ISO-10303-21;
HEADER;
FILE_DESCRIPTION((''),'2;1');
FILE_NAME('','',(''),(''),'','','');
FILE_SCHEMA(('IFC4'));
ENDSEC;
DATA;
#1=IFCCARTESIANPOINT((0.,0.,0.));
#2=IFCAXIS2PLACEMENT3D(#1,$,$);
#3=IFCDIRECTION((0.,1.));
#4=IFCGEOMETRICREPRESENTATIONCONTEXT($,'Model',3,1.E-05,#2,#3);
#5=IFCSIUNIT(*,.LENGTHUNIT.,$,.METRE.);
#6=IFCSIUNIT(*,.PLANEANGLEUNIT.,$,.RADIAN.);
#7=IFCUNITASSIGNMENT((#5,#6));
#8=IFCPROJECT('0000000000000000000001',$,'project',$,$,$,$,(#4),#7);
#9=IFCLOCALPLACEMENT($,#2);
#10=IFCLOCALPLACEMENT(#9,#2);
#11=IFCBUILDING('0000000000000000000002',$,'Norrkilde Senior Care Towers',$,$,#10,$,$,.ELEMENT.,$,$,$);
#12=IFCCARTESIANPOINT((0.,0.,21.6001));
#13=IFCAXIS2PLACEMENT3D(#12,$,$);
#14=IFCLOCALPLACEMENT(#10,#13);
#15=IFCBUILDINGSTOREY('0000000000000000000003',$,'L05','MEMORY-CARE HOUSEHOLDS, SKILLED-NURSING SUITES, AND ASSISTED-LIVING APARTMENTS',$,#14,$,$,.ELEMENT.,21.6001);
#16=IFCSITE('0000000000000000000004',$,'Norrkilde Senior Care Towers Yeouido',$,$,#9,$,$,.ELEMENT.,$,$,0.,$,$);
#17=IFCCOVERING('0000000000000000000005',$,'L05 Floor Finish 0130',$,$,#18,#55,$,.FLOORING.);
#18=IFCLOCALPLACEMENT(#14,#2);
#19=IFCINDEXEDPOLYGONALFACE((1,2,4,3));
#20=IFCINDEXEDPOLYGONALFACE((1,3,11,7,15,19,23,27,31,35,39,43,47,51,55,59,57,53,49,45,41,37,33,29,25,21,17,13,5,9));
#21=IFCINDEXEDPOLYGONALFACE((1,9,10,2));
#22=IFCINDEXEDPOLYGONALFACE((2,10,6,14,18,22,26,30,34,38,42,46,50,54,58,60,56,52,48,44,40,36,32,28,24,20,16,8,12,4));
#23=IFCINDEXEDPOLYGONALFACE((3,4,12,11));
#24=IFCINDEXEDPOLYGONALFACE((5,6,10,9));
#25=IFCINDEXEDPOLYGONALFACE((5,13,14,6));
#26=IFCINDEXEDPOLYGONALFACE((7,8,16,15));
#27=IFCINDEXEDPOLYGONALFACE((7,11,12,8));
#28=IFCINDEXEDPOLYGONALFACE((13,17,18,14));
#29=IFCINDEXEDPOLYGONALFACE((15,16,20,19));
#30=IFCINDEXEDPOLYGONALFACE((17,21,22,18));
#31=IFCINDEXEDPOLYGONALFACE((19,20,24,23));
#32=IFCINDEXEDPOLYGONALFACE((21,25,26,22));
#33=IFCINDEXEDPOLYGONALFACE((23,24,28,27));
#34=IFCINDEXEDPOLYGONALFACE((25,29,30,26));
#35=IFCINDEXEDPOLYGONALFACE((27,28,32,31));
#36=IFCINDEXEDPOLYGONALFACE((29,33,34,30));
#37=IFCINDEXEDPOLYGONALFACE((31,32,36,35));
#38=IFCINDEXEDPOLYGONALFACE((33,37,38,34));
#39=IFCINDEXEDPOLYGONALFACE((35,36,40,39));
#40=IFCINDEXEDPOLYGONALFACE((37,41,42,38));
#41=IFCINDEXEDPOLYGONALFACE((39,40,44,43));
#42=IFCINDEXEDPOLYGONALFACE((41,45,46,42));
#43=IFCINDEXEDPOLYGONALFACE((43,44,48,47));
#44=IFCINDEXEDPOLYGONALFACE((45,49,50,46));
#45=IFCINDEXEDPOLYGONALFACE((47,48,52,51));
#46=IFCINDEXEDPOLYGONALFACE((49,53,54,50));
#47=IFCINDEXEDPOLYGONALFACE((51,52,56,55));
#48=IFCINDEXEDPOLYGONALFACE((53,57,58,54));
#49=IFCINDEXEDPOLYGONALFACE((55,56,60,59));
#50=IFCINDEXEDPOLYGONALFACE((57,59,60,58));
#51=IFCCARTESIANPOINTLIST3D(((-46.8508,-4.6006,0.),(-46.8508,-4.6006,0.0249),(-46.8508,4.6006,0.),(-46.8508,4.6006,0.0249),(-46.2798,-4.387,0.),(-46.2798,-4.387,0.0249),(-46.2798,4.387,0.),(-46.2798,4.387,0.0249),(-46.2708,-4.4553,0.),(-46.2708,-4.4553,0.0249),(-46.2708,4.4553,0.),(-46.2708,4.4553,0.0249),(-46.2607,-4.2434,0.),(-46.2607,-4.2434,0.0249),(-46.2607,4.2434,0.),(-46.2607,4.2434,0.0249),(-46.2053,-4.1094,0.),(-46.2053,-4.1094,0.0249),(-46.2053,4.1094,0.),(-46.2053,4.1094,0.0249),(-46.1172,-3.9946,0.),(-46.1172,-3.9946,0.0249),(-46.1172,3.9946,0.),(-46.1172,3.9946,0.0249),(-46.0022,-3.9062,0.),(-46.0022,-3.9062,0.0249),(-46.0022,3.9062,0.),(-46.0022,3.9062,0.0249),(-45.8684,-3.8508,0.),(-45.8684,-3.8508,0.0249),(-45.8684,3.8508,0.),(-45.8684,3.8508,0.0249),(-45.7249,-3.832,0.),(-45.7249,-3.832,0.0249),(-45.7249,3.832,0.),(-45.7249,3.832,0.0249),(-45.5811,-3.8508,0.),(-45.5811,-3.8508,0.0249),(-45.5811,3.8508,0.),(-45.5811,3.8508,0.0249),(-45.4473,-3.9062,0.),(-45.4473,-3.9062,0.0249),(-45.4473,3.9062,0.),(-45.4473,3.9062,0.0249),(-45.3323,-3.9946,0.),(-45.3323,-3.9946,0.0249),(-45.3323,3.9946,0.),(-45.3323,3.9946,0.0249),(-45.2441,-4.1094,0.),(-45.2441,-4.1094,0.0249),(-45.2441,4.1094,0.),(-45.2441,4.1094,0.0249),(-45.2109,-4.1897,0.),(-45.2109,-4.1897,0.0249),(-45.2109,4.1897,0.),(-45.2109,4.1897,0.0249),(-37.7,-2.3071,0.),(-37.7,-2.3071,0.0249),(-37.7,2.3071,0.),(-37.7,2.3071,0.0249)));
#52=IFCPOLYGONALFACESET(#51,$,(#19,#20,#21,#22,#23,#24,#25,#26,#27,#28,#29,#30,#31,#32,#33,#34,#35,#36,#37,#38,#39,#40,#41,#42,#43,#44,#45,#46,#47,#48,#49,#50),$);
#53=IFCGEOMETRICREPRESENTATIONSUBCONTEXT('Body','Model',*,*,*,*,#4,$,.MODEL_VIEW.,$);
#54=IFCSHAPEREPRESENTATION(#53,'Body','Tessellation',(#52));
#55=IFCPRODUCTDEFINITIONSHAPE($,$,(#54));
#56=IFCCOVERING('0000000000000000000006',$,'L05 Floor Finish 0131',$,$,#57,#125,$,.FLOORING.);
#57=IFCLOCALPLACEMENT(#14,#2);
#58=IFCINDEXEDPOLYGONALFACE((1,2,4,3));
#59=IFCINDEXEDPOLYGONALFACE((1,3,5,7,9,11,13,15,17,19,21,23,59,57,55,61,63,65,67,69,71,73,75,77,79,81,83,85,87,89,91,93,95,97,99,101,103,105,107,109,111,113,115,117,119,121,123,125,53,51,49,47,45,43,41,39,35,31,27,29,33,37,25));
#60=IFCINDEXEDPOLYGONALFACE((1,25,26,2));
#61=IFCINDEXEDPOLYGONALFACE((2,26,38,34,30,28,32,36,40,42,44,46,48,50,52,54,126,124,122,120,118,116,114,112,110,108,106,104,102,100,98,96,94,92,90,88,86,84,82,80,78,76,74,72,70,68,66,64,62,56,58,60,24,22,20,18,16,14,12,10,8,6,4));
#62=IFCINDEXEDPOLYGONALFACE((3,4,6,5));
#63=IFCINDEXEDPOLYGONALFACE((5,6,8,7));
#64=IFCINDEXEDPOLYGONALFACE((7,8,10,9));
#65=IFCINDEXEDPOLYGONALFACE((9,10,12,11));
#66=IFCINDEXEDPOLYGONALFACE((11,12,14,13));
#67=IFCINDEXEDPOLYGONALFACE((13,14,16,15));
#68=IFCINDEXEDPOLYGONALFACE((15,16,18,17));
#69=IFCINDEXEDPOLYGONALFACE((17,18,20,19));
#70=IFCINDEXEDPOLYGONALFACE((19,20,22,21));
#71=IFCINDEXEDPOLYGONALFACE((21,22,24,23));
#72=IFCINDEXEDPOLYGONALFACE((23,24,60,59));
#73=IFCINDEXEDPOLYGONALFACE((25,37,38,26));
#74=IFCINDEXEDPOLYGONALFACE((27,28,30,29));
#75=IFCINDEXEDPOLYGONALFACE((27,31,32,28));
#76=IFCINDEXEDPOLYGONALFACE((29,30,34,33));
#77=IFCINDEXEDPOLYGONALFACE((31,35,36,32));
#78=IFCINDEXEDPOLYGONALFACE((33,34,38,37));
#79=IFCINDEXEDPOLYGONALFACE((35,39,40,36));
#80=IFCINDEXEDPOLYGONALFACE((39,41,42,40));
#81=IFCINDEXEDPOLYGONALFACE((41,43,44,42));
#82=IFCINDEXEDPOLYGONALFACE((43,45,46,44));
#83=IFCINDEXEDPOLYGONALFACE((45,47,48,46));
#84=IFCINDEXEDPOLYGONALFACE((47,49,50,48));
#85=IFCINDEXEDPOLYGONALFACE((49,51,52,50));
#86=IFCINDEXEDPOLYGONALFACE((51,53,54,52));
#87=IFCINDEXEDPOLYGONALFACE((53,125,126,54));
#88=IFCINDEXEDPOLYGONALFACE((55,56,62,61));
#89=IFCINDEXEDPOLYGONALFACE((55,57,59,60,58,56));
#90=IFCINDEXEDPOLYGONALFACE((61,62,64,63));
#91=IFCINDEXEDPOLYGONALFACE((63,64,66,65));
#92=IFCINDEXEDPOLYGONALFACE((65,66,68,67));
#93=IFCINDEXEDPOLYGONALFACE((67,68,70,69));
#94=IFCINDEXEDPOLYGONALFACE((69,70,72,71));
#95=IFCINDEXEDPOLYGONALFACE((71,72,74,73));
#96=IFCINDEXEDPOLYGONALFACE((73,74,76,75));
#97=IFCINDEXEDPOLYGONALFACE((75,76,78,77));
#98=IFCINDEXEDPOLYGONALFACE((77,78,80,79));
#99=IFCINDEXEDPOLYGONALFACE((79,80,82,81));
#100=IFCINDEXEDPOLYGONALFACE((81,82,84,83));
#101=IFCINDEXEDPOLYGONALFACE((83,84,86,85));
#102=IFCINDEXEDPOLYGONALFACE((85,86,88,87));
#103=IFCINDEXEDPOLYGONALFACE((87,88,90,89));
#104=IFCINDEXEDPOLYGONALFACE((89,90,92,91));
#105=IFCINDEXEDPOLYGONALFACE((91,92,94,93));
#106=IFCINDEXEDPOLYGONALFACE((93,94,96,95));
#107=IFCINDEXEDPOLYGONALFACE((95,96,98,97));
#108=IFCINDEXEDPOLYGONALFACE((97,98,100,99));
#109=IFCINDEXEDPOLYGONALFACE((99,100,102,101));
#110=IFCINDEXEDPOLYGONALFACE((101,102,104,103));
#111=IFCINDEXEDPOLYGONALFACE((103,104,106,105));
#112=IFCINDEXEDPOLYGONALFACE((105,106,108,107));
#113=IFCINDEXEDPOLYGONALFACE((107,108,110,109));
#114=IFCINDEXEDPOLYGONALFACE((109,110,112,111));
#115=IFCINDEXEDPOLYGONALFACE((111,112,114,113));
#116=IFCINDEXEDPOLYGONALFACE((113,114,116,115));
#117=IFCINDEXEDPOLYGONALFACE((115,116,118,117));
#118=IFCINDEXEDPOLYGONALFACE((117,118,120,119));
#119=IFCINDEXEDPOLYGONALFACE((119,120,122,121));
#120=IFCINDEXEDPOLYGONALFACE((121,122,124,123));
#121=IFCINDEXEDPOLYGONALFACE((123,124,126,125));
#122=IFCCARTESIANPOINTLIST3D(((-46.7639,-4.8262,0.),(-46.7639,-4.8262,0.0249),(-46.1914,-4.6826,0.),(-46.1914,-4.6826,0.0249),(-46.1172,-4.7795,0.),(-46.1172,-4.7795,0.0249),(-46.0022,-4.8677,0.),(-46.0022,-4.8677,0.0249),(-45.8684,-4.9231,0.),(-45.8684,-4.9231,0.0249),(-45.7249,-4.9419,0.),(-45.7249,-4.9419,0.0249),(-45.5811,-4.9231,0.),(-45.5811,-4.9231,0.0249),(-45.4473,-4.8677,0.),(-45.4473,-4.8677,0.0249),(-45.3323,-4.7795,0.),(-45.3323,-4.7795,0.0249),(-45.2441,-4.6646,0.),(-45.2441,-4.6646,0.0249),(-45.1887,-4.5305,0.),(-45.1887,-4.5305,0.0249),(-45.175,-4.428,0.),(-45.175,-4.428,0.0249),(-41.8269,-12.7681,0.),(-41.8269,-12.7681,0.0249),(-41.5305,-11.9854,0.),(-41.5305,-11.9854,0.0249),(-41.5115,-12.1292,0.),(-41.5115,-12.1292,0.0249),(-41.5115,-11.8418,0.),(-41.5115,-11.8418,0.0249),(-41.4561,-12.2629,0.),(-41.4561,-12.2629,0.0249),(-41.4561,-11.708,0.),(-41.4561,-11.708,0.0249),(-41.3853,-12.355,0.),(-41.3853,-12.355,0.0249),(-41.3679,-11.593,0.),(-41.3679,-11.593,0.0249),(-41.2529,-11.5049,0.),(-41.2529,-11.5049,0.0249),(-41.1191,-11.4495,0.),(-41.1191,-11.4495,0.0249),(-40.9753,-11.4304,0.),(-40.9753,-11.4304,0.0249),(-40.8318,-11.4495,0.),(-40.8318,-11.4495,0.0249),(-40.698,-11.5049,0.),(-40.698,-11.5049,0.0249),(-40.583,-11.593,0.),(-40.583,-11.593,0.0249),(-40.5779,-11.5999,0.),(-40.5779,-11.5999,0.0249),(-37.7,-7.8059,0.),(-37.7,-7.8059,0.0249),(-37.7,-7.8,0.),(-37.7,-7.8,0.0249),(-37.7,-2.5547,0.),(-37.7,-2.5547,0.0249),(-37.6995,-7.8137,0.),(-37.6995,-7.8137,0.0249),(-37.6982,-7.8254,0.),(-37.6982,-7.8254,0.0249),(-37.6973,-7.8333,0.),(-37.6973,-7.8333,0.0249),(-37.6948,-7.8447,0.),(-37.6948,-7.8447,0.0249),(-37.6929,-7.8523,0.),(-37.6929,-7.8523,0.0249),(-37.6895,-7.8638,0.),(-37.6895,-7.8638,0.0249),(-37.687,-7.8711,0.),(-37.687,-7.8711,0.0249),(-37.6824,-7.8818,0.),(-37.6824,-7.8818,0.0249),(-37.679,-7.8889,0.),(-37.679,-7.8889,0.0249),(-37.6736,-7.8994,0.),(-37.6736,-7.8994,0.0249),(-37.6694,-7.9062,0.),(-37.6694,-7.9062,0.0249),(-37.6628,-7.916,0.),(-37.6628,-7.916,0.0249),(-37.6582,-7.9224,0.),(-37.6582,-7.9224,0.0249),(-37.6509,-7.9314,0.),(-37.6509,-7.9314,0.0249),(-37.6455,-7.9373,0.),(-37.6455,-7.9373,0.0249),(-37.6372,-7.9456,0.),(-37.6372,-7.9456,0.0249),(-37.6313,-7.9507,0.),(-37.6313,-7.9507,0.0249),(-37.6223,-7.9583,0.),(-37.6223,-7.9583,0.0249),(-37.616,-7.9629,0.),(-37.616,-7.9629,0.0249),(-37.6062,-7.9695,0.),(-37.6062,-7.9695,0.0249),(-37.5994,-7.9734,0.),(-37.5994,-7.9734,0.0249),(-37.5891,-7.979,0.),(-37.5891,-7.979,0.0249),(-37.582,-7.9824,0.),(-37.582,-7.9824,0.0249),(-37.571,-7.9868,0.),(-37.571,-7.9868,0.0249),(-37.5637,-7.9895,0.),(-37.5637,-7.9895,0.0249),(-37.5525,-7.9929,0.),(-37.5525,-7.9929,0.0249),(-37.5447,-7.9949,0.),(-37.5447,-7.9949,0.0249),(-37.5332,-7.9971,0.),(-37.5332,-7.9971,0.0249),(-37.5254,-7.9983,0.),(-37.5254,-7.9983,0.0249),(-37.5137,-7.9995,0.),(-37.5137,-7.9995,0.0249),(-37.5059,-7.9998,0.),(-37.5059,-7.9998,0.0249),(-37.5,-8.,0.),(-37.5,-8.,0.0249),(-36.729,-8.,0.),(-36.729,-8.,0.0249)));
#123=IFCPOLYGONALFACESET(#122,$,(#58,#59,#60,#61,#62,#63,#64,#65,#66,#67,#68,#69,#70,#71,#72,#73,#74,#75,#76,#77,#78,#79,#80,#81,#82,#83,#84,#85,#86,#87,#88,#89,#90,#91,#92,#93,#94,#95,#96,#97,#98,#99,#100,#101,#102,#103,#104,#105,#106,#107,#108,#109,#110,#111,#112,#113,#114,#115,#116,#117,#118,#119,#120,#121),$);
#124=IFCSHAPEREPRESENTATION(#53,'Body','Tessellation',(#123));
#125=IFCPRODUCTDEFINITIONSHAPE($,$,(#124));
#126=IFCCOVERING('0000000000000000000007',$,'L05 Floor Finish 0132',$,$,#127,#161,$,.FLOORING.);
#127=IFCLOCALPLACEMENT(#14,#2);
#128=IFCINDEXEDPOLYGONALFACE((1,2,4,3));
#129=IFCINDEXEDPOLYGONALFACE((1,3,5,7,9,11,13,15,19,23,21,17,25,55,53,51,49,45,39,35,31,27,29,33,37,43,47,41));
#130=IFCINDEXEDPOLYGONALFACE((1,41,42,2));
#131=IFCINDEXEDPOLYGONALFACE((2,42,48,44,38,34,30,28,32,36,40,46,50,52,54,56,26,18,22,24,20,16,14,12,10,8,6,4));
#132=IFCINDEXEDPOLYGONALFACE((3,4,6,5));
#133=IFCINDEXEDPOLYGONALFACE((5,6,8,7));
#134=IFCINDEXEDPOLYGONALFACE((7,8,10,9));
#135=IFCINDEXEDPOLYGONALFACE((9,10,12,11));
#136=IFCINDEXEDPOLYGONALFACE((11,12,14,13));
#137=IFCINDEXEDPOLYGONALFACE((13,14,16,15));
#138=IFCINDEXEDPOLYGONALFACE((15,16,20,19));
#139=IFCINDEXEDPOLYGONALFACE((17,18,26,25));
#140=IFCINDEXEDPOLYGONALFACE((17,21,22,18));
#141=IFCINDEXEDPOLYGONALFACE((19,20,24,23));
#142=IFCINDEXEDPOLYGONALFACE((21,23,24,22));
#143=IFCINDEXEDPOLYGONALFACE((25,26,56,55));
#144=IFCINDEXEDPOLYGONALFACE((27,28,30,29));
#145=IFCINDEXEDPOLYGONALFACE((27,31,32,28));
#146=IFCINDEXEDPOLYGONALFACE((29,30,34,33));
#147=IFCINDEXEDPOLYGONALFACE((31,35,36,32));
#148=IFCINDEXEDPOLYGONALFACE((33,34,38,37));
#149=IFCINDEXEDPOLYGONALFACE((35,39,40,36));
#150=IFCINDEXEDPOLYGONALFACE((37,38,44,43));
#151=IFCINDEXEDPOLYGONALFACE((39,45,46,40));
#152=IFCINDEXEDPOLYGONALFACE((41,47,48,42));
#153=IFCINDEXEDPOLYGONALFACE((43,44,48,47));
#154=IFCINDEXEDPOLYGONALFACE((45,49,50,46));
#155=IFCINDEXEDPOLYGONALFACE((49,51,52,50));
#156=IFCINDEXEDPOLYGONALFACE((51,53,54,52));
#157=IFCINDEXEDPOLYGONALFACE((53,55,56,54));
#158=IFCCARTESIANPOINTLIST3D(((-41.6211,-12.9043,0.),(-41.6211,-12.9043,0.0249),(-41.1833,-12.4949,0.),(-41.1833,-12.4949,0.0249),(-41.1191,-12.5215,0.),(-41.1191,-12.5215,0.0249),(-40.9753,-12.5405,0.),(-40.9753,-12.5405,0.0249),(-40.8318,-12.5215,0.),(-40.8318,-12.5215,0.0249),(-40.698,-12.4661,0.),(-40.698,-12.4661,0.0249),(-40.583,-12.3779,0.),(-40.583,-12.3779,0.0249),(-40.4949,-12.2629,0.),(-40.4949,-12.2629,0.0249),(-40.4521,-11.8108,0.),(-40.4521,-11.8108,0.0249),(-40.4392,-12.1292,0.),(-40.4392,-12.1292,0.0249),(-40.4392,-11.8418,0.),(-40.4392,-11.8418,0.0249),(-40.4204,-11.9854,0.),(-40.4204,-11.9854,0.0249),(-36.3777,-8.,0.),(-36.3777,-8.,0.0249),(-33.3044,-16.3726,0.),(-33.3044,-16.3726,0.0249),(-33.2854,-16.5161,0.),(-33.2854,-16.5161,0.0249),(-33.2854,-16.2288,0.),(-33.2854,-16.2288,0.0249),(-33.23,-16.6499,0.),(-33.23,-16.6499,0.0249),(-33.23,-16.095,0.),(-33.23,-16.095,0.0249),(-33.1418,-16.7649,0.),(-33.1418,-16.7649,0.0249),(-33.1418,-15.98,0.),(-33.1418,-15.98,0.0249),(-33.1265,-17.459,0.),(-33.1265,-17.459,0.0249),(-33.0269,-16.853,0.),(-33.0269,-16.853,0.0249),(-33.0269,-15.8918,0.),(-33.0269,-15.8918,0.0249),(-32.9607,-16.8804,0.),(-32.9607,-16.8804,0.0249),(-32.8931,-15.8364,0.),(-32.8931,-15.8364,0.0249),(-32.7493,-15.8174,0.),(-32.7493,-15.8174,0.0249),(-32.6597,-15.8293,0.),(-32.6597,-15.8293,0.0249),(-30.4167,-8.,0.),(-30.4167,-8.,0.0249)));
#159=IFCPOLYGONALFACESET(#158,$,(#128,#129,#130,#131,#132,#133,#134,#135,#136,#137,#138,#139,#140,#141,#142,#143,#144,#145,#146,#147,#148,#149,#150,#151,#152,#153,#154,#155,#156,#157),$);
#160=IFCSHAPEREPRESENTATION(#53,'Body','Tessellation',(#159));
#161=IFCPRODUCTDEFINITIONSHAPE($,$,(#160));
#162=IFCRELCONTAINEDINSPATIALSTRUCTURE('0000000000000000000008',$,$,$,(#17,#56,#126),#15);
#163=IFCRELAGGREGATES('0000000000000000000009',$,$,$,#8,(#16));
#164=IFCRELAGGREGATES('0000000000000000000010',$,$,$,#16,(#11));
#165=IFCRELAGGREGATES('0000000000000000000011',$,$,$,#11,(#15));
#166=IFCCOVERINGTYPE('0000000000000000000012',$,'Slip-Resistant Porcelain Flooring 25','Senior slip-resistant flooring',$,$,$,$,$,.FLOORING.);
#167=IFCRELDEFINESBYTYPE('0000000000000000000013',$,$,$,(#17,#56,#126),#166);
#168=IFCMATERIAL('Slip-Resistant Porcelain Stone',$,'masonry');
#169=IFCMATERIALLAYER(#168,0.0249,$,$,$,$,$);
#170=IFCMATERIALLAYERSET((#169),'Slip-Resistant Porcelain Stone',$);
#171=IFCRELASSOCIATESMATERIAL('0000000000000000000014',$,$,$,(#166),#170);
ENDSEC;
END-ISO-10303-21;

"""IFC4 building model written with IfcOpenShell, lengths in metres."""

from ifc_helpers import new_model, si_unit, direction, frame, origin, place, context, subcontext, project, spatial, polyline, outline, extrude, material, layer, layer_set, type_object, element, save


model = new_model("IFC4")

# Units and contexts
model_context = context("Model", 3, precision=1e-05, world=origin(), true_north=direction((0.0, 1.0)))
body_context = subcontext(model_context, "Body", "Model", "MODEL_VIEW")
ifc_project = project(units=[si_unit("LENGTHUNIT", "METRE"), si_unit("PLANEANGLEUNIT", "RADIAN")], contexts=[model_context])

# Site, building, storey
site_placement = place(None, origin())
site = spatial("IfcSite", under=ifc_project, at=site_placement, Name="Norrkilde Senior Care Towers Yeouido", CompositionType="ELEMENT", RefElevation=0.0)
building_placement = place(site_placement, origin())
building = spatial("IfcBuilding", under=site, at=building_placement, Name="Norrkilde Senior Care Towers", CompositionType="ELEMENT")
storey_placement = place(building_placement, frame((0.0, 0.0, 21.6001)))
storey = spatial("IfcBuildingStorey", under=building, at=storey_placement, Name="L05", Description="MEMORY-CARE HOUSEHOLDS, SKILLED-NURSING SUITES, AND ASSISTED-LIVING APARTMENTS", CompositionType="ELEMENT", Elevation=21.6001)

# Coverings
ifc_material_1 = material(Name="Slip-Resistant Porcelain Stone", Category="masonry")
ifc_layer_1 = layer(ifc_material_1, 0.0249)
ifc_layer_set_1 = layer_set([ifc_layer_1], Name="Slip-Resistant Porcelain Stone")
covering_type_1 = type_object("IfcCoveringType", Name="Slip-Resistant Porcelain Flooring 25", Description="Senior slip-resistant flooring", PredefinedType="FLOORING", material=ifc_layer_set_1)
covering_1_placement = place(storey_placement, origin())
element("IfcCovering", 1, at=covering_1_placement, inside=storey, type_object=covering_type_1, Name="L05 Floor Finish 0130", PredefinedType="FLOORING", context=body_context, shape_type="SweptSolid", body=[
    extrude(outline(polyline([(-46.2798, 4.387), (-46.2607, 4.2434), (-46.2053, 4.1094), (-46.1172, 3.9946), (-46.0022, 3.9062), (-45.8684, 3.8508), (-45.7249, 3.832), (-45.5811, 3.8508), (-45.4473, 3.9062), (-45.3323, 3.9946), (-45.2441, 4.1094), (-45.2109, 4.1897), (-37.7, 2.3071), (-37.7, -2.3071), (-45.2109, -4.1897), (-45.2441, -4.1094), (-45.3323, -3.9946), (-45.4473, -3.9062), (-45.5811, -3.8508), (-45.7249, -3.832), (-45.8684, -3.8508), (-46.0022, -3.9062), (-46.1172, -3.9946), (-46.2053, -4.1094), (-46.2607, -4.2434), (-46.2798, -4.387), (-46.2708, -4.4553), (-46.8508, -4.6006), (-46.8508, 4.6006), (-46.2708, 4.4553), (-46.2798, 4.387)])), origin(), (0.0, 0.0, 1.0), 0.0249),
])
covering_2_placement = place(storey_placement, origin())
element("IfcCovering", 2, at=covering_2_placement, inside=storey, type_object=covering_type_1, Name="L05 Floor Finish 0131", PredefinedType="FLOORING", context=body_context, shape_type="SweptSolid", body=[
    extrude(outline(polyline([(-37.6973, -7.8333), (-37.6948, -7.8447), (-37.6929, -7.8523), (-37.6895, -7.8638), (-37.687, -7.8711), (-37.6824, -7.8818), (-37.679, -7.8889), (-37.6736, -7.8994), (-37.6694, -7.9062), (-37.6628, -7.916), (-37.6582, -7.9224), (-37.6509, -7.9314), (-37.6455, -7.9373), (-37.6372, -7.9456), (-37.6313, -7.9507), (-37.6223, -7.9583), (-37.616, -7.9629), (-37.6062, -7.9695), (-37.5994, -7.9734), (-37.5891, -7.979), (-37.582, -7.9824), (-37.571, -7.9868), (-37.5637, -7.9895), (-37.5525, -7.9929), (-37.5447, -7.9949), (-37.5332, -7.9971), (-37.5254, -7.9983), (-37.5137, -7.9995), (-37.5059, -7.9998), (-37.5, -8.0), (-36.729, -8.0), (-40.5779, -11.5999), (-40.583, -11.593), (-40.698, -11.5049), (-40.8318, -11.4495), (-40.9753, -11.4304), (-41.1191, -11.4495), (-41.2529, -11.5049), (-41.3679, -11.593), (-41.4561, -11.708), (-41.5115, -11.8418), (-41.5305, -11.9854), (-41.5115, -12.1292), (-41.4561, -12.2629), (-41.3853, -12.355), (-41.8269, -12.7681), (-46.7639, -4.8262), (-46.1914, -4.6826), (-46.1172, -4.7795), (-46.0022, -4.8677), (-45.8684, -4.9231), (-45.7249, -4.9419), (-45.5811, -4.9231), (-45.4473, -4.8677), (-45.3323, -4.7795), (-45.2441, -4.6646), (-45.1887, -4.5305), (-45.175, -4.428), (-37.7, -2.5547), (-37.7, -7.8), (-37.7, -7.8059), (-37.6995, -7.8137), (-37.6982, -7.8254), (-37.6973, -7.8333)])), origin(), (0.0, 0.0, 1.0), 0.0249),
])
covering_3_placement = place(storey_placement, origin())
element("IfcCovering", 3, at=covering_3_placement, inside=storey, type_object=covering_type_1, Name="L05 Floor Finish 0132", PredefinedType="FLOORING", context=body_context, shape_type="SweptSolid", body=[
    extrude(outline(polyline([(-41.6211, -12.9043), (-41.1833, -12.4949), (-41.1191, -12.5215), (-40.9753, -12.5405), (-40.8318, -12.5215), (-40.698, -12.4661), (-40.583, -12.3779), (-40.4949, -12.2629), (-40.4392, -12.1292), (-40.4204, -11.9854), (-40.4392, -11.8418), (-40.4521, -11.8108), (-36.3777, -8.0), (-30.4167, -8.0), (-32.6597, -15.8293), (-32.7493, -15.8174), (-32.8931, -15.8364), (-33.0269, -15.8918), (-33.1418, -15.98), (-33.23, -16.095), (-33.2854, -16.2288), (-33.3044, -16.3726), (-33.2854, -16.5161), (-33.23, -16.6499), (-33.1418, -16.7649), (-33.0269, -16.853), (-32.9607, -16.8804), (-33.1265, -17.459), (-41.6211, -12.9043)])), origin(), (0.0, 0.0, 1.0), 0.0249),
])

save(model, "model.ifc")
